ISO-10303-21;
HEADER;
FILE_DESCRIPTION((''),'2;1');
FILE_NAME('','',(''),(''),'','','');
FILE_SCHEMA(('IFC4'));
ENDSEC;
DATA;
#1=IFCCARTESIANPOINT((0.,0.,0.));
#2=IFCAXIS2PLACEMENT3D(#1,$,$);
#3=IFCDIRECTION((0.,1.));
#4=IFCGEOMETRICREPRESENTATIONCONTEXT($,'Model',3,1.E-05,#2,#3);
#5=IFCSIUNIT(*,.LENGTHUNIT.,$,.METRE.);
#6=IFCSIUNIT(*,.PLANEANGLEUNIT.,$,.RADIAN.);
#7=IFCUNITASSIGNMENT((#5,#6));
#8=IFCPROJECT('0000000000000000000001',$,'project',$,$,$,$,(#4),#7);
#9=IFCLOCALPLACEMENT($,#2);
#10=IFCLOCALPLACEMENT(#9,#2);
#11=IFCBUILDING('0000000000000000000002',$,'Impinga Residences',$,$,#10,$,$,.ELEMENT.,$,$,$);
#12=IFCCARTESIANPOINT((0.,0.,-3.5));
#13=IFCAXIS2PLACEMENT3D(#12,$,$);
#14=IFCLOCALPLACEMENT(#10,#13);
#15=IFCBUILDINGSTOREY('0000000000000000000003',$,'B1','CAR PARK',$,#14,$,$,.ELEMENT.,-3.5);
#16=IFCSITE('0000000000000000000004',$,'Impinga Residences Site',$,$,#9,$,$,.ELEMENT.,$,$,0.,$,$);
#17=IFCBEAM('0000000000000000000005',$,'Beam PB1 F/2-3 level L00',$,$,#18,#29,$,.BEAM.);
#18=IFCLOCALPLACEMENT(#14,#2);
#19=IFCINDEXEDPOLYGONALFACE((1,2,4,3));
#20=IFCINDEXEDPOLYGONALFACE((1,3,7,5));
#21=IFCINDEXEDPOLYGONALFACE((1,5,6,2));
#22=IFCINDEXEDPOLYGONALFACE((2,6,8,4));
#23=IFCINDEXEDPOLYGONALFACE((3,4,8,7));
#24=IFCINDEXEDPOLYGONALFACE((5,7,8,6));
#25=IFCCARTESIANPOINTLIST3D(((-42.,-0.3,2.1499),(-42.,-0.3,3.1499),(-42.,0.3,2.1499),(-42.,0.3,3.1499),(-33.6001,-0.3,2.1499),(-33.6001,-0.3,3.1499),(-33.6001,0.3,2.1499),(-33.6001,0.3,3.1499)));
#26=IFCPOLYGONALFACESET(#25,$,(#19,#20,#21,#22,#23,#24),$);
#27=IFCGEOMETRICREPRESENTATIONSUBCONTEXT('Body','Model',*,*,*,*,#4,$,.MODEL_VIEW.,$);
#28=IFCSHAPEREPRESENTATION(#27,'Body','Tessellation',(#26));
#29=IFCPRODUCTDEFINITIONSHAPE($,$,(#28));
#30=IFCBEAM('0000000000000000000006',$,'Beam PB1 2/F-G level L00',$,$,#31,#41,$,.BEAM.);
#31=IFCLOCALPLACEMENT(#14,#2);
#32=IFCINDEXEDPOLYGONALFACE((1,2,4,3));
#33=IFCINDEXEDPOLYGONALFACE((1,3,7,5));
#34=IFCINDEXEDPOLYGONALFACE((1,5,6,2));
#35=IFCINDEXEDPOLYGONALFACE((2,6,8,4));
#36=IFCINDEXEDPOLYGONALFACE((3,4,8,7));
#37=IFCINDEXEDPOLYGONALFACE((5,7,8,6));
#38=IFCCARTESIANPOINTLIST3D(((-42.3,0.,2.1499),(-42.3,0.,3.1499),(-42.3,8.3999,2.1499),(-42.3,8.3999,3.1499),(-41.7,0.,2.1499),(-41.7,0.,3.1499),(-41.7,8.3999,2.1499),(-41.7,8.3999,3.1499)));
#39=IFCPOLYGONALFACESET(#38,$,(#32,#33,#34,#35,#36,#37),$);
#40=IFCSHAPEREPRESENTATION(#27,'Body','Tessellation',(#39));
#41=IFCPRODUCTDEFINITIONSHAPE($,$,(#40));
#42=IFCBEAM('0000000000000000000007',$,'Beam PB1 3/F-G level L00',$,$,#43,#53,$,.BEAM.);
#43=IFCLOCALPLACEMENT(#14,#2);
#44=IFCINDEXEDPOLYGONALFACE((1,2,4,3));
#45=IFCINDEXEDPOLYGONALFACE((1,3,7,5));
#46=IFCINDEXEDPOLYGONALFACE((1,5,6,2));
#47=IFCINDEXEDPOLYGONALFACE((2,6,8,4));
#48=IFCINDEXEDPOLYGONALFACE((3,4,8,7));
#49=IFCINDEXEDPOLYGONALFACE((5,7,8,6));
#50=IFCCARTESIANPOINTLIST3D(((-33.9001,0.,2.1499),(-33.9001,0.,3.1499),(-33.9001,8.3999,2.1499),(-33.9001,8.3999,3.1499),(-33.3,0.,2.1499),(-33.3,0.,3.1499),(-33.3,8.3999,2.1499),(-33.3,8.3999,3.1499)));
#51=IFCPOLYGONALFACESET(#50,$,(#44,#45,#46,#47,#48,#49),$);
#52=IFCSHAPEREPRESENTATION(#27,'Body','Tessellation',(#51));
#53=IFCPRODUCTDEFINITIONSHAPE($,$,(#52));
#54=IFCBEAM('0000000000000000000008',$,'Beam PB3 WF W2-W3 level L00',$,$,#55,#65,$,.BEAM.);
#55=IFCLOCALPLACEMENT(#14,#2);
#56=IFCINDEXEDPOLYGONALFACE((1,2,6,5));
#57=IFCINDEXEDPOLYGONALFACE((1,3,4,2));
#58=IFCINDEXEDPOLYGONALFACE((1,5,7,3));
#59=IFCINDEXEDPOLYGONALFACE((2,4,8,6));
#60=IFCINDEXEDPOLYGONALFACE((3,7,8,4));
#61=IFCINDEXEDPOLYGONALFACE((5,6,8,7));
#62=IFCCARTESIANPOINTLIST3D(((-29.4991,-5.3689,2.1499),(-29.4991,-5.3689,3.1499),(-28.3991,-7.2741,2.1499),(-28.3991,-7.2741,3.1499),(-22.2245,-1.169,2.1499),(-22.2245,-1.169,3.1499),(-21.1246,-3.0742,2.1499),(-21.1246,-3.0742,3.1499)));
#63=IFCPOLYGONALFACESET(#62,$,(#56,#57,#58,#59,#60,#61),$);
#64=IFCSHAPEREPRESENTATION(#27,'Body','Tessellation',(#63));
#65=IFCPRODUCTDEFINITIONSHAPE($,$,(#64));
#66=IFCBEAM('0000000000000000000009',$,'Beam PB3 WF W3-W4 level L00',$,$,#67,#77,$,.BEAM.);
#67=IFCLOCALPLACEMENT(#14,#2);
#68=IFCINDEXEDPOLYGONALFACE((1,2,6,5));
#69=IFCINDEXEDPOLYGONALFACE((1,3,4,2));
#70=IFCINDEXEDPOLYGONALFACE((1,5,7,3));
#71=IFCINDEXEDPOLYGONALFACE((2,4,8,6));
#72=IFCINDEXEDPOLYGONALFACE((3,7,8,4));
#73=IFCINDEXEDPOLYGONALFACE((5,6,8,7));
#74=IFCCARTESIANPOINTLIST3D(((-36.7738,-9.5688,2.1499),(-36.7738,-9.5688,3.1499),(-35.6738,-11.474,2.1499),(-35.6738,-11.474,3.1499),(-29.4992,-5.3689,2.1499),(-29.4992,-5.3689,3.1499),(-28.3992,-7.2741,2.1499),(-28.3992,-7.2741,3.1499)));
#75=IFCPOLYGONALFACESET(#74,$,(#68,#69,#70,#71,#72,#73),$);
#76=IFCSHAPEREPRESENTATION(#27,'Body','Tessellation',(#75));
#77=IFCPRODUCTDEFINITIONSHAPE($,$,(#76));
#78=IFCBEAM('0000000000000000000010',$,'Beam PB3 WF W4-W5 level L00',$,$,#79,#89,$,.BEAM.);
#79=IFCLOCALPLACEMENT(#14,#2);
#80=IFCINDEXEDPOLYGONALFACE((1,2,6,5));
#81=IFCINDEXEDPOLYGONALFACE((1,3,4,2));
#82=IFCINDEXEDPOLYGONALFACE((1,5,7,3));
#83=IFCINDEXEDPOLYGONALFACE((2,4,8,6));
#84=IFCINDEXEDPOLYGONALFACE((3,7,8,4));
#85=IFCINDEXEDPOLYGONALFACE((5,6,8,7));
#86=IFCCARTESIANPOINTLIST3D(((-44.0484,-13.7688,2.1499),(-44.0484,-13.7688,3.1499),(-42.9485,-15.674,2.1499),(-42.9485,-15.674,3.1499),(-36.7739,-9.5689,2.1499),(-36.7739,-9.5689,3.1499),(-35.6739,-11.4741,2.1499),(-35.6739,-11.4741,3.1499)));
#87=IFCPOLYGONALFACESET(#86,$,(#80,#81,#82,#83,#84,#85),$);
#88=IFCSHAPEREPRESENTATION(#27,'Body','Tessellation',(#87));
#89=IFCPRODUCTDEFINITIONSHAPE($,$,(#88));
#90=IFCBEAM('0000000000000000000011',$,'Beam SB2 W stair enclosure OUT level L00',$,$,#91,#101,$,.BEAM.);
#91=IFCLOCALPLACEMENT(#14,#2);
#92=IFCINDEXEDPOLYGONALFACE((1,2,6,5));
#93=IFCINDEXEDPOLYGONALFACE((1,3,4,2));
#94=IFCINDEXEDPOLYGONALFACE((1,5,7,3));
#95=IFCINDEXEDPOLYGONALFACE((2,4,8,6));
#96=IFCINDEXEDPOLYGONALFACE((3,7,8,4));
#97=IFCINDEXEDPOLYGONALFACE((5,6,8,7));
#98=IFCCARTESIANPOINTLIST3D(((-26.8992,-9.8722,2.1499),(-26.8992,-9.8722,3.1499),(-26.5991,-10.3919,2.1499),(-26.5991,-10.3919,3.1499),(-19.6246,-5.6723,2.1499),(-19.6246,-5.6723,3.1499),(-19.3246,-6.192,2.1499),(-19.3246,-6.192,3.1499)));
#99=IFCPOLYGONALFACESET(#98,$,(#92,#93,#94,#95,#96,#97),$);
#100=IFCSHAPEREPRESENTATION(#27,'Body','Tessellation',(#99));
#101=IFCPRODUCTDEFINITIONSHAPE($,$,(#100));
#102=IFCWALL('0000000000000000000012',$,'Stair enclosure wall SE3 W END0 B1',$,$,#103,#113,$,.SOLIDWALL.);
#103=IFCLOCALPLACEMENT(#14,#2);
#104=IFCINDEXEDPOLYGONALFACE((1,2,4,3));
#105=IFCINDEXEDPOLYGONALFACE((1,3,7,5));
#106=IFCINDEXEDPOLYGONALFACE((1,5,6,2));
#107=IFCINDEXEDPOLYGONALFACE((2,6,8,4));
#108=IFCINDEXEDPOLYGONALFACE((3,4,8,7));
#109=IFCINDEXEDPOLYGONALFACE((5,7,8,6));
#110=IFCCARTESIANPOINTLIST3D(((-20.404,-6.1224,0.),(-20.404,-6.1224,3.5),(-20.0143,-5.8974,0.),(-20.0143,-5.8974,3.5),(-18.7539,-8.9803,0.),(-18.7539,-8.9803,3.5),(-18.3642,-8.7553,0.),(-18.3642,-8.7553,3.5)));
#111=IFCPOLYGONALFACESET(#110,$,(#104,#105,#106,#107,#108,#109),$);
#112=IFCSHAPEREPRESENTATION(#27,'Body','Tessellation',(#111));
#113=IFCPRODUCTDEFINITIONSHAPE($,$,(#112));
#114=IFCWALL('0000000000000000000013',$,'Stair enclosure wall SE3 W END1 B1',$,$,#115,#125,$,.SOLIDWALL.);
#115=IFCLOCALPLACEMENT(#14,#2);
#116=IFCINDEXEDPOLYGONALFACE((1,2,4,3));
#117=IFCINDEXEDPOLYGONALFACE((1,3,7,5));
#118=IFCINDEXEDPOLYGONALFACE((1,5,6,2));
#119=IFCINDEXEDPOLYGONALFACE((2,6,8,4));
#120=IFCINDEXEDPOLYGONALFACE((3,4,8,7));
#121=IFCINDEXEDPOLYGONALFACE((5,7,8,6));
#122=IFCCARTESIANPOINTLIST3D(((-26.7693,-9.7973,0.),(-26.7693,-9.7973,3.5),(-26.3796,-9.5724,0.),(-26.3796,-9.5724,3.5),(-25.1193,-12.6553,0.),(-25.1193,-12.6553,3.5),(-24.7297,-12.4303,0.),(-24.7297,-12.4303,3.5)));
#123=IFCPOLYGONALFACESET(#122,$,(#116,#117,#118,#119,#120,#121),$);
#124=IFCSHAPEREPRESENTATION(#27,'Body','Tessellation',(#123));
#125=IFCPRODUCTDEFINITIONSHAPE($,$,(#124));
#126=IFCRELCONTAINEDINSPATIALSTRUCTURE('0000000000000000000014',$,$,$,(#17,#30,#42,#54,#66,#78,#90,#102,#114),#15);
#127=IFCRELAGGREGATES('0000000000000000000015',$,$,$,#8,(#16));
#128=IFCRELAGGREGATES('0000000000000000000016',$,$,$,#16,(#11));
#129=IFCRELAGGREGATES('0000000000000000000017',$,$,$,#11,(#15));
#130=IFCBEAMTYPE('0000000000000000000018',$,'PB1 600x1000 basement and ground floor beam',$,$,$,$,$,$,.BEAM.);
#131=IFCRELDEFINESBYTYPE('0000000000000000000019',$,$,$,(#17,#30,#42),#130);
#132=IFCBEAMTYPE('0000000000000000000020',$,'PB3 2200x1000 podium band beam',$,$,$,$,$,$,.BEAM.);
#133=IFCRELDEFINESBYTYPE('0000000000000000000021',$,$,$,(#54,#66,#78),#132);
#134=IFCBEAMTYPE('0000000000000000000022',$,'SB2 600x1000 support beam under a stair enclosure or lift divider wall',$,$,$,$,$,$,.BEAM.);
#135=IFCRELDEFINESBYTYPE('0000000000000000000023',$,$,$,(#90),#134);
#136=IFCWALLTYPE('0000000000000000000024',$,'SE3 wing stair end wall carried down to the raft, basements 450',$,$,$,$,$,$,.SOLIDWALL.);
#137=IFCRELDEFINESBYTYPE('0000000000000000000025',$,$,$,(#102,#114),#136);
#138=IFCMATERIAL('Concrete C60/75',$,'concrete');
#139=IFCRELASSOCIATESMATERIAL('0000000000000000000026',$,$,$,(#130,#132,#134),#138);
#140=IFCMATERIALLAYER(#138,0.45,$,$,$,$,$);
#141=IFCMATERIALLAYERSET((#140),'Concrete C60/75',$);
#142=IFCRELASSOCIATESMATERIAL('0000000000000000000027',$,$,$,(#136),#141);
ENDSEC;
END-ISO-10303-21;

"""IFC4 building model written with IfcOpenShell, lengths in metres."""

from ifc_helpers import new_model, si_unit, direction, frame, frame_2d, origin, origin_2d, place, context, subcontext, project, spatial, rectangle, extrude, material, layer, layer_set, material_profile, profile_set, type_object, element, save


model = new_model("IFC4")

# Units and contexts
model_context = context("Model", 3, precision=1e-05, world=origin(), true_north=direction((0.0, 1.0)))
body_context = subcontext(model_context, "Body", "Model", "MODEL_VIEW")
ifc_project = project(units=[si_unit("LENGTHUNIT", "METRE"), si_unit("PLANEANGLEUNIT", "RADIAN")], contexts=[model_context])

# Site, building, storey
site_placement = place(None, origin())
site = spatial("IfcSite", under=ifc_project, at=site_placement, Name="Impinga Residences Site", CompositionType="ELEMENT", RefElevation=0.0)
building_placement = place(site_placement, origin())
building = spatial("IfcBuilding", under=site, at=building_placement, Name="Impinga Residences", CompositionType="ELEMENT")
storey_placement = place(building_placement, frame((0.0, 0.0, -3.5)))
storey = spatial("IfcBuildingStorey", under=building, at=storey_placement, Name="B1", Description="CAR PARK", CompositionType="ELEMENT", Elevation=-3.5)

# Beams
ifc_material_1 = material(Name="Concrete C60/75", Category="concrete")
ifc_material_profile_1 = material_profile(ifc_material_1, rectangle(XDim=0.6001, YDim=1.0, at=origin_2d()), Name="RC 600x1000")
ifc_profile_set_1 = profile_set([ifc_material_profile_1], Name="Concrete C60/75")
beam_type_1 = type_object("IfcBeamType", Name="PB1 600x1000 basement and ground floor beam", PredefinedType="BEAM", material=ifc_profile_set_1)
for number, where, z_axis, x_axis, name in (
    (1, (-42.0, 0.0, 2.6499), (1.0, 0.0, 0.0), (0.0, 1.0, 0.0), "Beam PB1 F/2-3 level L00"),
    (2, (-42.0, 0.0, 2.6499), (0.0, 1.0, 0.0), (-1.0, 0.0, 0.0), "Beam PB1 2/F-G level L00"),
    (3, (-33.6001, 0.0, 2.6499), (0.0, 1.0, 0.0), (-1.0, 0.0, 0.0), "Beam PB1 3/F-G level L00"),
):
    element("IfcBeam", number, at=place(storey_placement, frame(where, z_axis=z_axis, x_axis=x_axis)), inside=storey, type_object=beam_type_1, Name=name, PredefinedType="BEAM", context=body_context, shape_type="SweptSolid", body=[
        extrude(rectangle(XDim=0.6001, YDim=1.0, at=origin_2d()), origin(), (0.0, 0.0, 1.0), 8.3999),
    ])
ifc_material_profile_2 = material_profile(ifc_material_1, rectangle(XDim=2.2, YDim=1.0, at=origin_2d()), Name="RC 2200x1000")
ifc_profile_set_2 = profile_set([ifc_material_profile_2], Name="Concrete C60/75")
beam_type_2 = type_object("IfcBeamType", Name="PB3 2200x1000 podium band beam", PredefinedType="BEAM", material=ifc_profile_set_2)
for number, where, z_axis, x_axis, name in (
    (4, (-21.6746, -2.1216, 2.6499), (-0.866029, -0.499993, 0.0), (0.499993, -0.866029, 0.0), "Beam PB3 WF W2-W3 level L00"),
    (5, (-28.9492, -6.3215, 2.6499), (-0.866029, -0.499993, 0.0), (0.499993, -0.866029, 0.0), "Beam PB3 WF W3-W4 level L00"),
    (6, (-36.2239, -10.5215, 2.6499), (-0.866029, -0.499993, 0.0), (0.499993, -0.866029, 0.0), "Beam PB3 WF W4-W5 level L00"),
):
    element("IfcBeam", number, at=place(storey_placement, frame(where, z_axis=z_axis, x_axis=x_axis)), inside=storey, type_object=beam_type_2, Name=name, PredefinedType="BEAM", context=body_context, shape_type="SweptSolid", body=[
        extrude(rectangle(XDim=2.2, YDim=1.0, at=origin_2d()), origin(), (0.0, 0.0, 1.0), 8.3999),
    ])
ifc_material_profile_3 = material_profile(ifc_material_1, rectangle(XDim=0.6001, YDim=1.0, at=origin_2d()), Name="RC 600x1000")
ifc_profile_set_3 = profile_set([ifc_material_profile_3], Name="Concrete C60/75")
beam_type_3 = type_object("IfcBeamType", Name="SB2 600x1000 support beam under a stair enclosure or lift divider wall", PredefinedType="BEAM", material=ifc_profile_set_3)
beam_1_placement = place(storey_placement, frame((-19.4746, -5.9321, 2.6499), z_axis=(-0.866029, -0.499993, 0.0), x_axis=(0.499993, -0.866029, 0.0)))
element("IfcBeam", 7, at=beam_1_placement, inside=storey, type_object=beam_type_3, Name="Beam SB2 W stair enclosure OUT level L00", PredefinedType="BEAM", context=body_context, shape_type="SweptSolid", body=[
    extrude(rectangle(XDim=0.6001, YDim=1.0, at=origin_2d()), origin(), (0.0, 0.0, 1.0), 8.3999),
])

# Walls
ifc_layer = layer(ifc_material_1, 0.45)
ifc_layer_set = layer_set([ifc_layer], Name="Concrete C60/75")
wall_type = type_object("IfcWallType", Name="SE3 wing stair end wall carried down to the raft, basements 450", PredefinedType="SOLIDWALL", material=ifc_layer_set)
for number, where, z_axis, x_axis, name in (
    (8, (-18.5591, -8.8677, 0.0), (0.0, 0.0, 1.0), (-0.50003, 0.866008, 0.0), "Stair enclosure wall SE3 W END0 B1"),
    (9, (-24.9246, -12.5427, 0.0), (0.0, 0.0, 1.0), (-0.499974, 0.86604, 0.0), "Stair enclosure wall SE3 W END1 B1"),
):
    element("IfcWall", number, at=place(storey_placement, frame(where, z_axis=z_axis, x_axis=x_axis)), inside=storey, type_object=wall_type, Name=name, PredefinedType="SOLIDWALL", context=body_context, shape_type="SweptSolid", body=[
        extrude(rectangle(XDim=3.3, YDim=0.45, at=frame_2d((1.6499, 0.0))), origin(), (0.0, 0.0, 1.0), 3.5),
    ])

save(model, "model.ifc")
